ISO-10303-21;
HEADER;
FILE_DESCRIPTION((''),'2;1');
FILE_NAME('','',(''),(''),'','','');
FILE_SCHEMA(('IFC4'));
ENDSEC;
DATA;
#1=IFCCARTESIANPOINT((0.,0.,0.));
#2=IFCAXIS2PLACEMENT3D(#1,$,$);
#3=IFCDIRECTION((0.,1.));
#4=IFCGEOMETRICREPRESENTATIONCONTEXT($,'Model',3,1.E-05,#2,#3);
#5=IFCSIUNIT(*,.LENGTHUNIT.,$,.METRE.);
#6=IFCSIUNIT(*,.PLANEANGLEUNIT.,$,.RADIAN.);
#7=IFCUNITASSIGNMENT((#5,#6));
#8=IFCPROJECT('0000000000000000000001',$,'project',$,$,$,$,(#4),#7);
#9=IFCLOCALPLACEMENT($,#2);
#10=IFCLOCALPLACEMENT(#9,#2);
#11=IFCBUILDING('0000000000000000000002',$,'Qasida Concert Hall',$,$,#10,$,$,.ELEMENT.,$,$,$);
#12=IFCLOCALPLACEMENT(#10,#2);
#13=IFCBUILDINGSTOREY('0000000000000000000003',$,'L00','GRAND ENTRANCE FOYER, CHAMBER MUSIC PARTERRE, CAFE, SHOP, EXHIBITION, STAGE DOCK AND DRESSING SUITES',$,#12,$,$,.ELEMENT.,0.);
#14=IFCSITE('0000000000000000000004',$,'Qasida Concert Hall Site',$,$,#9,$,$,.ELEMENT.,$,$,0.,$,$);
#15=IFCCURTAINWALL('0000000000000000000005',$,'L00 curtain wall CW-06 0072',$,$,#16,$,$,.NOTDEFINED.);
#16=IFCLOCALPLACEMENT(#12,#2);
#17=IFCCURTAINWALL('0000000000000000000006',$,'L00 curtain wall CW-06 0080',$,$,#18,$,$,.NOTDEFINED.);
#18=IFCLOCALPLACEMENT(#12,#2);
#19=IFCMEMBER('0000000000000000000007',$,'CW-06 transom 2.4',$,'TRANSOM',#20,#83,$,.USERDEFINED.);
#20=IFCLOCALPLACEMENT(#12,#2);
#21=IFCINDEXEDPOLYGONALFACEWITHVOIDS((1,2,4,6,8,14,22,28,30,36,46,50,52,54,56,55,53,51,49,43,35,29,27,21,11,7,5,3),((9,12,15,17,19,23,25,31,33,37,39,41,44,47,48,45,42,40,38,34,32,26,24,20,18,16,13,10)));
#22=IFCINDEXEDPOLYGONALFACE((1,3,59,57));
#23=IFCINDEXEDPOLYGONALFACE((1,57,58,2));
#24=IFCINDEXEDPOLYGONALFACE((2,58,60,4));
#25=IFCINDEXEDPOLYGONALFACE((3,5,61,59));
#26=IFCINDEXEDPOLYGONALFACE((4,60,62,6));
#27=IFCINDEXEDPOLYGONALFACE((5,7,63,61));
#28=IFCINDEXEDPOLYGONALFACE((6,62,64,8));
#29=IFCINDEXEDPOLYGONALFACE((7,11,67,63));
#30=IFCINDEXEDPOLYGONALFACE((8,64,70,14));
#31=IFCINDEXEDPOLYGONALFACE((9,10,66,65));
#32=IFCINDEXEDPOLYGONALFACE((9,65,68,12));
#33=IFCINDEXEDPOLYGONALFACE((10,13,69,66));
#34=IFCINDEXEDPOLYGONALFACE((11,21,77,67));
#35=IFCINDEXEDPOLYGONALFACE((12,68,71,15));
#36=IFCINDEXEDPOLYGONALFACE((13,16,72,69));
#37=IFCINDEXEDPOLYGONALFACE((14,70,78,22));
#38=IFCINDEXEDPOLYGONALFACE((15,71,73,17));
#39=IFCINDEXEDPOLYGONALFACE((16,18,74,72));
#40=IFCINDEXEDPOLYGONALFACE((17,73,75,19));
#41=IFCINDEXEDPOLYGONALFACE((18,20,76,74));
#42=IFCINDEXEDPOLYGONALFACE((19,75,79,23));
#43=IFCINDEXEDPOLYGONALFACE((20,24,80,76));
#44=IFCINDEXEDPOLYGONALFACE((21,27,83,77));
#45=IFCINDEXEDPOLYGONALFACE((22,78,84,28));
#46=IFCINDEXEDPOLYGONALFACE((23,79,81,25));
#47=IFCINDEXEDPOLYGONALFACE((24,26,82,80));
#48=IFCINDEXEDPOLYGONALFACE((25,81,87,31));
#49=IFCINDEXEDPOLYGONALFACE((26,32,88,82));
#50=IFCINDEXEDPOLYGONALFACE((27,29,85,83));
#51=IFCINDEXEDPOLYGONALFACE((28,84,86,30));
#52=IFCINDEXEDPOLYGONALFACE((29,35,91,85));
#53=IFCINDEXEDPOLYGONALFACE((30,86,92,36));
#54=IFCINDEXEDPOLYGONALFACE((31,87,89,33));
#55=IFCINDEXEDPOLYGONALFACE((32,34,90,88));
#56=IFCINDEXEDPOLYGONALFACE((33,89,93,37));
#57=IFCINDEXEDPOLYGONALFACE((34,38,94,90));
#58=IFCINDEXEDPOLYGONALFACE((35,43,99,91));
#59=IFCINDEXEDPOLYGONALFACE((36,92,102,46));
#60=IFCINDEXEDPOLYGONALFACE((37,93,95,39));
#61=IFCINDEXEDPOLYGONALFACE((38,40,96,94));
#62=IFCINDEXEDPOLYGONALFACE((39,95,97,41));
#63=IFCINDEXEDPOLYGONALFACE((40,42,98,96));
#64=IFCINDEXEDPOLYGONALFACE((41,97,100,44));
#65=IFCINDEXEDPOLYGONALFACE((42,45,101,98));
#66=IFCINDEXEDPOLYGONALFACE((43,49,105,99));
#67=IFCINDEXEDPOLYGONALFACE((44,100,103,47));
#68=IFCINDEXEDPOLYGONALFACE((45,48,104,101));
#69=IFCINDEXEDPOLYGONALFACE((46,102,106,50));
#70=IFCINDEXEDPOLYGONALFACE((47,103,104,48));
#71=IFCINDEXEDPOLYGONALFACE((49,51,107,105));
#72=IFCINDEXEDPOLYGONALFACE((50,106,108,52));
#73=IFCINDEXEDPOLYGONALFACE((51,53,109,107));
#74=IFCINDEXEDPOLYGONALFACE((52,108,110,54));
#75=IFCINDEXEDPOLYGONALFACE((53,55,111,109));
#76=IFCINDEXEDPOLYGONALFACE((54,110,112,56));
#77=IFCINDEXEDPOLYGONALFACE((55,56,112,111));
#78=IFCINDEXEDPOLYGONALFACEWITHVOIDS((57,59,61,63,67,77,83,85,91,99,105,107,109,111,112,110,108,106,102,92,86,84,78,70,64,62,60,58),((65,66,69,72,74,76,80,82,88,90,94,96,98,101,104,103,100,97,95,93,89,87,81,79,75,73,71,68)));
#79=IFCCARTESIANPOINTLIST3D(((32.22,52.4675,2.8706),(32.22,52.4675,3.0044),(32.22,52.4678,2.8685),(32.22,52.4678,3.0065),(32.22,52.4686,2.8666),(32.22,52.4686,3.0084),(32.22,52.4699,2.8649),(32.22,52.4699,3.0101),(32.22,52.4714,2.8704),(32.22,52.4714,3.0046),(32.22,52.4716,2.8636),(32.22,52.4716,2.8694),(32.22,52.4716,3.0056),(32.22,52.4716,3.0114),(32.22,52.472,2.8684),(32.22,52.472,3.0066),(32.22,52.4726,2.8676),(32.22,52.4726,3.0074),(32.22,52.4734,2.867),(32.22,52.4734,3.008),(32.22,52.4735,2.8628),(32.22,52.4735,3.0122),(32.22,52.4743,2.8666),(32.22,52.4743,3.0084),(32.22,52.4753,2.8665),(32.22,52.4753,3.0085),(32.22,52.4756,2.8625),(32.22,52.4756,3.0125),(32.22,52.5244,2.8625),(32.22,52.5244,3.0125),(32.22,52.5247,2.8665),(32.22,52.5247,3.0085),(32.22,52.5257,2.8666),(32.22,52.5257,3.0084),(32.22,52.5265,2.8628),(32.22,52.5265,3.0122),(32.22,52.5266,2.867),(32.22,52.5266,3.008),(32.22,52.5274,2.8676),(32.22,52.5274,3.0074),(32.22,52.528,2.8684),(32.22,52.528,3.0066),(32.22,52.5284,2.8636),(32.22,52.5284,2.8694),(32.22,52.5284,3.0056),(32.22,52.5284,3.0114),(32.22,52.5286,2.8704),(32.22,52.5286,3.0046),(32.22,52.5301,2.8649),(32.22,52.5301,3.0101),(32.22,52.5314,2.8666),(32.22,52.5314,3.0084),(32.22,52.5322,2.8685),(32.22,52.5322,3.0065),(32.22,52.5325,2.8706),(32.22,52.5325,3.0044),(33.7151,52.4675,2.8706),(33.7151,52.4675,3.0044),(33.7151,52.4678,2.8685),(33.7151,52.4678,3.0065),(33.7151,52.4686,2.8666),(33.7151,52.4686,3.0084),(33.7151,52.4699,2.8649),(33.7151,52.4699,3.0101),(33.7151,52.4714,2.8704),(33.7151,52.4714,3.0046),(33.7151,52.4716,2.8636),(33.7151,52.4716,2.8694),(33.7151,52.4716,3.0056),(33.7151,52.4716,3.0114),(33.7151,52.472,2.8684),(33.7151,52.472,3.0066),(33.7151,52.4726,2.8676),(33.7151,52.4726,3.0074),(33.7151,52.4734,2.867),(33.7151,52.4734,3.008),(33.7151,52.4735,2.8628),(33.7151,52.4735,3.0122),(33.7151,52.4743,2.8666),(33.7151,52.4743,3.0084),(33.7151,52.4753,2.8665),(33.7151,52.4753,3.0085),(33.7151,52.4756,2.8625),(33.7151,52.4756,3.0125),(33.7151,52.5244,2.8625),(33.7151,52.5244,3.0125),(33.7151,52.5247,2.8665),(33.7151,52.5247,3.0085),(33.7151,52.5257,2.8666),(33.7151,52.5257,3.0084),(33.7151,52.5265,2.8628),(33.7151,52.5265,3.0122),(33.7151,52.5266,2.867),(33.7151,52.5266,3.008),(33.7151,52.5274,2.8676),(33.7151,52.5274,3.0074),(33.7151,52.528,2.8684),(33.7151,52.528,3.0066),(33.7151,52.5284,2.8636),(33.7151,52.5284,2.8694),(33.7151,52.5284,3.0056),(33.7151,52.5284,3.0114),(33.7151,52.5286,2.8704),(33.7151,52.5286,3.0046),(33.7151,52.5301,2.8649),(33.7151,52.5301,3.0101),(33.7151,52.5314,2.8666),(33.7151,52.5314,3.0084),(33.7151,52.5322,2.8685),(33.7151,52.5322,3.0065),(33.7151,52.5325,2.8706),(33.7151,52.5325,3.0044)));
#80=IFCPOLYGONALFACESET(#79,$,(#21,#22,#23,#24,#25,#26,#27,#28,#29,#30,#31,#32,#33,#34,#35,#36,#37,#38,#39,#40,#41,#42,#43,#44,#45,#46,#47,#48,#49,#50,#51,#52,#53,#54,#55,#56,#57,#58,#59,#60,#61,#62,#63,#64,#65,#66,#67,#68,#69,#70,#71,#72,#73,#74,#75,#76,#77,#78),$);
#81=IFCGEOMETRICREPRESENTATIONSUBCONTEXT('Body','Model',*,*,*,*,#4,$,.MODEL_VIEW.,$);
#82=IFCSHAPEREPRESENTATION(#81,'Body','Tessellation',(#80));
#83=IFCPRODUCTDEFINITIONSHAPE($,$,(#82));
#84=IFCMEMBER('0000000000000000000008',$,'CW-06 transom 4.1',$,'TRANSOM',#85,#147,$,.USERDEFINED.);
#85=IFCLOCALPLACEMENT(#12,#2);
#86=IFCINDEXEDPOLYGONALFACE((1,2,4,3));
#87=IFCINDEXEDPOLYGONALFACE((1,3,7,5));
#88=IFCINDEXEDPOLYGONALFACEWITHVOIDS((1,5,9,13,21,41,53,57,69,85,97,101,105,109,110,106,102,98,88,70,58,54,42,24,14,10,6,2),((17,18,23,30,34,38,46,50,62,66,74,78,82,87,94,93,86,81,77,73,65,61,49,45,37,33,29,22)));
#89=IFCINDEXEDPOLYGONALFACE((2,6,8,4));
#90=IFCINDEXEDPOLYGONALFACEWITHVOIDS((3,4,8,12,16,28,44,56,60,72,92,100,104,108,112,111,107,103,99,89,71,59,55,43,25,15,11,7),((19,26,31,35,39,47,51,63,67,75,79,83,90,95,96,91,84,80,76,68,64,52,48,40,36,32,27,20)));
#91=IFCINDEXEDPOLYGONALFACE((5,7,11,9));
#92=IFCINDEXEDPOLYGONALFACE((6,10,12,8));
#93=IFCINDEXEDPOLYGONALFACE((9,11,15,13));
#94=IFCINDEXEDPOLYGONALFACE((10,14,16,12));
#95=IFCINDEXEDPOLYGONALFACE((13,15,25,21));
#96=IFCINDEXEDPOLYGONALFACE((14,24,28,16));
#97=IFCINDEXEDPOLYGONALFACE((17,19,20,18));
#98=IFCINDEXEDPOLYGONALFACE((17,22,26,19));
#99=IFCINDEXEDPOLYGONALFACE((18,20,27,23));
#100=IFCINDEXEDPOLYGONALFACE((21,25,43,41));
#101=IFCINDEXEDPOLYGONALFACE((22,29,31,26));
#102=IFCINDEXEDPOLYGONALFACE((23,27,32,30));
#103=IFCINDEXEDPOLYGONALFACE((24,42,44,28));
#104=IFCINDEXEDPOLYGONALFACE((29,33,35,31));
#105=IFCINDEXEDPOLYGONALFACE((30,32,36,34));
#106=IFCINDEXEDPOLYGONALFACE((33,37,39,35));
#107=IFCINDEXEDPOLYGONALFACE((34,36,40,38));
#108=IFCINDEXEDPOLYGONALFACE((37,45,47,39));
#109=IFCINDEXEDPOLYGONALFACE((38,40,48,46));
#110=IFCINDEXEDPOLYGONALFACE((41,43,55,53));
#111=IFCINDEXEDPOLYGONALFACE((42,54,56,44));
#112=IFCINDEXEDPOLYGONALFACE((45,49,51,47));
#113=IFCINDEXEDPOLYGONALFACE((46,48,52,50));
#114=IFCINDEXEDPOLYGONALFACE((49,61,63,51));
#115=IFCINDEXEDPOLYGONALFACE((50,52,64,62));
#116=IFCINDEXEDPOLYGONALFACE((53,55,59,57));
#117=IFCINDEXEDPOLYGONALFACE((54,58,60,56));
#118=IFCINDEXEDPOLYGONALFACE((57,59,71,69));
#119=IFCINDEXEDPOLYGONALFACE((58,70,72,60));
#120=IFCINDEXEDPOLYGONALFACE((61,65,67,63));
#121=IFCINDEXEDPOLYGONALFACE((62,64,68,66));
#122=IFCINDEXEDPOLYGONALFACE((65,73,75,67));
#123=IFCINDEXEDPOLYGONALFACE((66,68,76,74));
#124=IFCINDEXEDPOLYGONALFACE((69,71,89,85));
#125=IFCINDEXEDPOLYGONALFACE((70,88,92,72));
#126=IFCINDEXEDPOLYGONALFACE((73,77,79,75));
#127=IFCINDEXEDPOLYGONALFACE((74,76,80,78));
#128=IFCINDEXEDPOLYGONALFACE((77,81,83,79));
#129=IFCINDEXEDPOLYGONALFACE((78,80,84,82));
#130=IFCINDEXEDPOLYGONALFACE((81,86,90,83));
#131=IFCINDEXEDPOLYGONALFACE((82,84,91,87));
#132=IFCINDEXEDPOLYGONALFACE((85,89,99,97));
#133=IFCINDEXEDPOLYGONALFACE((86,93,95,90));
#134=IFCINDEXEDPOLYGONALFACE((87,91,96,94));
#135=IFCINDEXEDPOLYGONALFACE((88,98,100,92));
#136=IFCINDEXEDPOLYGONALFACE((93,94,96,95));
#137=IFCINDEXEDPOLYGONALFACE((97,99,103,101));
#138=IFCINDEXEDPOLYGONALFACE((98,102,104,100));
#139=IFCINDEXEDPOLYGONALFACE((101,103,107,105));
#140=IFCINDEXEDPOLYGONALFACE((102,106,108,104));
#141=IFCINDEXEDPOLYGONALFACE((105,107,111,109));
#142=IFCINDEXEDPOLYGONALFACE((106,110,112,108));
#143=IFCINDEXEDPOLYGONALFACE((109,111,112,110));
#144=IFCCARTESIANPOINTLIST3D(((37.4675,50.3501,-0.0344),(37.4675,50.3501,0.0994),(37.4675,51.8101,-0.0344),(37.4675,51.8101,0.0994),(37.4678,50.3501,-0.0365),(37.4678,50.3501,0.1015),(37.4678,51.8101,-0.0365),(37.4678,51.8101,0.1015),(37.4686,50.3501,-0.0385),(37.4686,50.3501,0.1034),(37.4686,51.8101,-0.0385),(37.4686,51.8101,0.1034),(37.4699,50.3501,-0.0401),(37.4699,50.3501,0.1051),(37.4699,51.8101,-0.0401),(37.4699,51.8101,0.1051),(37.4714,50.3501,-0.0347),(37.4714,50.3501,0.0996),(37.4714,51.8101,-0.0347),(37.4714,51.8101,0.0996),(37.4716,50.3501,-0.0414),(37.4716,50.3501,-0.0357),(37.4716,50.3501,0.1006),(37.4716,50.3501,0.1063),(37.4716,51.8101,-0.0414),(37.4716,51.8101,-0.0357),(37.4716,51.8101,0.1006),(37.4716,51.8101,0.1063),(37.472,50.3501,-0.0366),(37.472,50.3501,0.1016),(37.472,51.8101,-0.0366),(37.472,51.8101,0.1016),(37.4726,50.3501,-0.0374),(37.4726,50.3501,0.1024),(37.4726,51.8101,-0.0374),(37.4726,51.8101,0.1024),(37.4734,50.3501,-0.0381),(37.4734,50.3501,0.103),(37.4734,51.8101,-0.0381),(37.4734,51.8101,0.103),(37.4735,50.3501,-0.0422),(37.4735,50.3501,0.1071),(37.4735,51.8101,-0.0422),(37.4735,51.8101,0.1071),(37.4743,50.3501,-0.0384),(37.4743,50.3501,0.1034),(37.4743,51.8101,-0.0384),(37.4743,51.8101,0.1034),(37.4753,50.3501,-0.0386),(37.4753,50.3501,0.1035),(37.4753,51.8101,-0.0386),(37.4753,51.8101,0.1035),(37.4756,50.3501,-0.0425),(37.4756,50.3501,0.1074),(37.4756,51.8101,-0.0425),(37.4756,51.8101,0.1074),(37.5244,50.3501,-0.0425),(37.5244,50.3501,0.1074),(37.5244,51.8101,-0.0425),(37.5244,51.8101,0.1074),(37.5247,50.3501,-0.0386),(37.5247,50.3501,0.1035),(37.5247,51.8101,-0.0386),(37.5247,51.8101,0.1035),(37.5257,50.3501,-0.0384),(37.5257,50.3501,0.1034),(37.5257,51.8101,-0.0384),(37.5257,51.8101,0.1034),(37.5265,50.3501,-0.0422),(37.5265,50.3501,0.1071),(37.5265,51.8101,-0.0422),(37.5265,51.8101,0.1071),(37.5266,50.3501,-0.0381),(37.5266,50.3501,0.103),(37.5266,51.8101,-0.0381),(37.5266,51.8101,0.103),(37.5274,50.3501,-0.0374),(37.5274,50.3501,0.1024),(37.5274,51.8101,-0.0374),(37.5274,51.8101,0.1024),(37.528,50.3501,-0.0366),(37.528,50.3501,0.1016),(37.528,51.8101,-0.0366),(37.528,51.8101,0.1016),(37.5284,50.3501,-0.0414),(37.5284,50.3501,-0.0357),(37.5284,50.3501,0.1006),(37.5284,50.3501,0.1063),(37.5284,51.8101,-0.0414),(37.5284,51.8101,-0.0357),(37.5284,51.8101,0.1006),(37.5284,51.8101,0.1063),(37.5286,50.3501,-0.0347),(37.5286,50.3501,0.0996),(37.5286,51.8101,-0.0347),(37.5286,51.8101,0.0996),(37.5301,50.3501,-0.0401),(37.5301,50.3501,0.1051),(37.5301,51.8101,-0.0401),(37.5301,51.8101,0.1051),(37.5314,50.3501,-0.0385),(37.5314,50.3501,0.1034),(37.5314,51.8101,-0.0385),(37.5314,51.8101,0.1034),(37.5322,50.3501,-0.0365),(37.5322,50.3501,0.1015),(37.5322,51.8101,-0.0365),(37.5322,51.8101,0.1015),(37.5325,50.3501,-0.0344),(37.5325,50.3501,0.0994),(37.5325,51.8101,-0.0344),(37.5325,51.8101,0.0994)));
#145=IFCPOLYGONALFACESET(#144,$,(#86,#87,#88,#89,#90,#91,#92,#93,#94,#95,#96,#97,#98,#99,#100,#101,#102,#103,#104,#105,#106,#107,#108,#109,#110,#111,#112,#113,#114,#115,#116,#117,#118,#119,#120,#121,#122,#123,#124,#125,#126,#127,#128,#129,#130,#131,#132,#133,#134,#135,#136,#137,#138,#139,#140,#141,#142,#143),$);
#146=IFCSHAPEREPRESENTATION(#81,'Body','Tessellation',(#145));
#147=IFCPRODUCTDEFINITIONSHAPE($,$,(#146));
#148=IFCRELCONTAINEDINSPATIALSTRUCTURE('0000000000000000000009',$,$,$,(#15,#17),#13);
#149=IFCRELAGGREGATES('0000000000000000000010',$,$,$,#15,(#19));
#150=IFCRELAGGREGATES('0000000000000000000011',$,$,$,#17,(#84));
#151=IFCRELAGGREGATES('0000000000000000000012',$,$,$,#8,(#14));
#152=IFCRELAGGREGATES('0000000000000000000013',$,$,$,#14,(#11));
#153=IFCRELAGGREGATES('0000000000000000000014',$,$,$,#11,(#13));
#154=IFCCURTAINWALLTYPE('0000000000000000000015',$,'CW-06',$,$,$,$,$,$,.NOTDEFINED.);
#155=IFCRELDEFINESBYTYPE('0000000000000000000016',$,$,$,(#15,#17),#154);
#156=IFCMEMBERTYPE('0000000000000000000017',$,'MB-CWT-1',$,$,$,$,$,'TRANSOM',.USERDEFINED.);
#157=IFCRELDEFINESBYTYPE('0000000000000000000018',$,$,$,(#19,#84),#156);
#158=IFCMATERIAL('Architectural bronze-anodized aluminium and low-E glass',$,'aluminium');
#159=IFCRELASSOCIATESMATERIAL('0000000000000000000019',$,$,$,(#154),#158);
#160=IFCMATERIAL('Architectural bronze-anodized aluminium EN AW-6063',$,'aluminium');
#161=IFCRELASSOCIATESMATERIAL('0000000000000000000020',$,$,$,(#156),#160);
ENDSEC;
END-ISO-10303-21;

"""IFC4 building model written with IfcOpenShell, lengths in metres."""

from ifc_helpers import new_model, si_unit, direction, frame, origin, origin_2d, place, context, subcontext, project, spatial, hollow_rectangle, extrude, material, material_profile, profile_set, type_object, element, aggregate, save


model = new_model("IFC4")

# Units and contexts
model_context = context("Model", 3, precision=1e-05, world=origin(), true_north=direction((0.0, 1.0)))
body_context = subcontext(model_context, "Body", "Model", "MODEL_VIEW")
ifc_project = project(units=[si_unit("LENGTHUNIT", "METRE"), si_unit("PLANEANGLEUNIT", "RADIAN")], contexts=[model_context])

# Site, building, storey
site_placement = place(None, origin())
site = spatial("IfcSite", under=ifc_project, at=site_placement, Name="Qasida Concert Hall Site", CompositionType="ELEMENT", RefElevation=0.0)
building_placement = place(site_placement, origin())
building = spatial("IfcBuilding", under=site, at=building_placement, Name="Qasida Concert Hall", CompositionType="ELEMENT")
storey_placement = place(building_placement, origin())
storey = spatial("IfcBuildingStorey", under=building, at=storey_placement, Name="L00", Description="GRAND ENTRANCE FOYER, CHAMBER MUSIC PARTERRE, CAFE, SHOP, EXHIBITION, STAGE DOCK AND DRESSING SUITES", CompositionType="ELEMENT", Elevation=0.0)

# Curtain wall
ifc_material_1 = material(Name="Architectural bronze-anodized aluminium and low-E glass", Category="aluminium")
curtain_wall_type = type_object("IfcCurtainWallType", Name="CW-06", PredefinedType="NOTDEFINED", material=ifc_material_1)
curtain_wall_1_placement = place(storey_placement, origin())
curtain_wall_1 = element("IfcCurtainWall", 1, at=curtain_wall_1_placement, inside=storey, type_object=curtain_wall_type, Name="L00 curtain wall CW-06 0072", PredefinedType="NOTDEFINED")
ifc_material_2 = material(Name="Architectural bronze-anodized aluminium EN AW-6063", Category="aluminium")

# Curtain wall
curtain_wall_2_placement = place(storey_placement, origin())
curtain_wall_2 = element("IfcCurtainWall", 2, at=curtain_wall_2_placement, inside=storey, type_object=curtain_wall_type, Name="L00 curtain wall CW-06 0080", PredefinedType="NOTDEFINED")

# Members
ifc_material_profile_1 = material_profile(ifc_material_2, hollow_rectangle(XDim=0.0649, YDim=0.1499, WallThickness=0.0039, InnerFilletRadius=0.0039, OuterFilletRadius=0.0081, at=origin_2d()), Name="CWT 150x65x4")
ifc_profile_set_1 = profile_set([ifc_material_profile_1], Name="Architectural bronze-anodized aluminium EN AW-6063")
member_type_1 = type_object("IfcMemberType", Name="MB-CWT-1", ElementType="TRANSOM", PredefinedType="USERDEFINED", material=ifc_profile_set_1)
member_1_placement = place(storey_placement, frame((32.22, 52.5, 2.9375), z_axis=(1.0, 0.0, 0.0), x_axis=(0.0, 1.0, 0.0)))
member_1 = element("IfcMember", 3, at=member_1_placement, type_object=member_type_1, Name="CW-06 transom 2.4", ObjectType="TRANSOM", PredefinedType="USERDEFINED", context=body_context, shape_type="SweptSolid", body=[
    extrude(hollow_rectangle(XDim=0.0649, YDim=0.1499, WallThickness=0.0039, InnerFilletRadius=0.0039, OuterFilletRadius=0.0081, at=origin_2d()), origin(), (0.0, 0.0, 1.0), 1.4951),
])
member_2_placement = place(storey_placement, frame((37.5, 50.3501, 0.0325), z_axis=(0.0, 1.0, 0.0), x_axis=(-1.0, 0.0, 0.0)))
member_2 = element("IfcMember", 4, at=member_2_placement, type_object=member_type_1, Name="CW-06 transom 4.1", ObjectType="TRANSOM", PredefinedType="USERDEFINED", context=body_context, shape_type="SweptSolid", body=[
    extrude(hollow_rectangle(XDim=0.0649, YDim=0.1499, WallThickness=0.0039, InnerFilletRadius=0.0039, OuterFilletRadius=0.0081, at=origin_2d()), origin(), (0.0, 0.0, 1.0), 1.46),
])

aggregate(curtain_wall_1, [member_1])
aggregate(curtain_wall_2, [member_2])

save(model, "model.ifc")
